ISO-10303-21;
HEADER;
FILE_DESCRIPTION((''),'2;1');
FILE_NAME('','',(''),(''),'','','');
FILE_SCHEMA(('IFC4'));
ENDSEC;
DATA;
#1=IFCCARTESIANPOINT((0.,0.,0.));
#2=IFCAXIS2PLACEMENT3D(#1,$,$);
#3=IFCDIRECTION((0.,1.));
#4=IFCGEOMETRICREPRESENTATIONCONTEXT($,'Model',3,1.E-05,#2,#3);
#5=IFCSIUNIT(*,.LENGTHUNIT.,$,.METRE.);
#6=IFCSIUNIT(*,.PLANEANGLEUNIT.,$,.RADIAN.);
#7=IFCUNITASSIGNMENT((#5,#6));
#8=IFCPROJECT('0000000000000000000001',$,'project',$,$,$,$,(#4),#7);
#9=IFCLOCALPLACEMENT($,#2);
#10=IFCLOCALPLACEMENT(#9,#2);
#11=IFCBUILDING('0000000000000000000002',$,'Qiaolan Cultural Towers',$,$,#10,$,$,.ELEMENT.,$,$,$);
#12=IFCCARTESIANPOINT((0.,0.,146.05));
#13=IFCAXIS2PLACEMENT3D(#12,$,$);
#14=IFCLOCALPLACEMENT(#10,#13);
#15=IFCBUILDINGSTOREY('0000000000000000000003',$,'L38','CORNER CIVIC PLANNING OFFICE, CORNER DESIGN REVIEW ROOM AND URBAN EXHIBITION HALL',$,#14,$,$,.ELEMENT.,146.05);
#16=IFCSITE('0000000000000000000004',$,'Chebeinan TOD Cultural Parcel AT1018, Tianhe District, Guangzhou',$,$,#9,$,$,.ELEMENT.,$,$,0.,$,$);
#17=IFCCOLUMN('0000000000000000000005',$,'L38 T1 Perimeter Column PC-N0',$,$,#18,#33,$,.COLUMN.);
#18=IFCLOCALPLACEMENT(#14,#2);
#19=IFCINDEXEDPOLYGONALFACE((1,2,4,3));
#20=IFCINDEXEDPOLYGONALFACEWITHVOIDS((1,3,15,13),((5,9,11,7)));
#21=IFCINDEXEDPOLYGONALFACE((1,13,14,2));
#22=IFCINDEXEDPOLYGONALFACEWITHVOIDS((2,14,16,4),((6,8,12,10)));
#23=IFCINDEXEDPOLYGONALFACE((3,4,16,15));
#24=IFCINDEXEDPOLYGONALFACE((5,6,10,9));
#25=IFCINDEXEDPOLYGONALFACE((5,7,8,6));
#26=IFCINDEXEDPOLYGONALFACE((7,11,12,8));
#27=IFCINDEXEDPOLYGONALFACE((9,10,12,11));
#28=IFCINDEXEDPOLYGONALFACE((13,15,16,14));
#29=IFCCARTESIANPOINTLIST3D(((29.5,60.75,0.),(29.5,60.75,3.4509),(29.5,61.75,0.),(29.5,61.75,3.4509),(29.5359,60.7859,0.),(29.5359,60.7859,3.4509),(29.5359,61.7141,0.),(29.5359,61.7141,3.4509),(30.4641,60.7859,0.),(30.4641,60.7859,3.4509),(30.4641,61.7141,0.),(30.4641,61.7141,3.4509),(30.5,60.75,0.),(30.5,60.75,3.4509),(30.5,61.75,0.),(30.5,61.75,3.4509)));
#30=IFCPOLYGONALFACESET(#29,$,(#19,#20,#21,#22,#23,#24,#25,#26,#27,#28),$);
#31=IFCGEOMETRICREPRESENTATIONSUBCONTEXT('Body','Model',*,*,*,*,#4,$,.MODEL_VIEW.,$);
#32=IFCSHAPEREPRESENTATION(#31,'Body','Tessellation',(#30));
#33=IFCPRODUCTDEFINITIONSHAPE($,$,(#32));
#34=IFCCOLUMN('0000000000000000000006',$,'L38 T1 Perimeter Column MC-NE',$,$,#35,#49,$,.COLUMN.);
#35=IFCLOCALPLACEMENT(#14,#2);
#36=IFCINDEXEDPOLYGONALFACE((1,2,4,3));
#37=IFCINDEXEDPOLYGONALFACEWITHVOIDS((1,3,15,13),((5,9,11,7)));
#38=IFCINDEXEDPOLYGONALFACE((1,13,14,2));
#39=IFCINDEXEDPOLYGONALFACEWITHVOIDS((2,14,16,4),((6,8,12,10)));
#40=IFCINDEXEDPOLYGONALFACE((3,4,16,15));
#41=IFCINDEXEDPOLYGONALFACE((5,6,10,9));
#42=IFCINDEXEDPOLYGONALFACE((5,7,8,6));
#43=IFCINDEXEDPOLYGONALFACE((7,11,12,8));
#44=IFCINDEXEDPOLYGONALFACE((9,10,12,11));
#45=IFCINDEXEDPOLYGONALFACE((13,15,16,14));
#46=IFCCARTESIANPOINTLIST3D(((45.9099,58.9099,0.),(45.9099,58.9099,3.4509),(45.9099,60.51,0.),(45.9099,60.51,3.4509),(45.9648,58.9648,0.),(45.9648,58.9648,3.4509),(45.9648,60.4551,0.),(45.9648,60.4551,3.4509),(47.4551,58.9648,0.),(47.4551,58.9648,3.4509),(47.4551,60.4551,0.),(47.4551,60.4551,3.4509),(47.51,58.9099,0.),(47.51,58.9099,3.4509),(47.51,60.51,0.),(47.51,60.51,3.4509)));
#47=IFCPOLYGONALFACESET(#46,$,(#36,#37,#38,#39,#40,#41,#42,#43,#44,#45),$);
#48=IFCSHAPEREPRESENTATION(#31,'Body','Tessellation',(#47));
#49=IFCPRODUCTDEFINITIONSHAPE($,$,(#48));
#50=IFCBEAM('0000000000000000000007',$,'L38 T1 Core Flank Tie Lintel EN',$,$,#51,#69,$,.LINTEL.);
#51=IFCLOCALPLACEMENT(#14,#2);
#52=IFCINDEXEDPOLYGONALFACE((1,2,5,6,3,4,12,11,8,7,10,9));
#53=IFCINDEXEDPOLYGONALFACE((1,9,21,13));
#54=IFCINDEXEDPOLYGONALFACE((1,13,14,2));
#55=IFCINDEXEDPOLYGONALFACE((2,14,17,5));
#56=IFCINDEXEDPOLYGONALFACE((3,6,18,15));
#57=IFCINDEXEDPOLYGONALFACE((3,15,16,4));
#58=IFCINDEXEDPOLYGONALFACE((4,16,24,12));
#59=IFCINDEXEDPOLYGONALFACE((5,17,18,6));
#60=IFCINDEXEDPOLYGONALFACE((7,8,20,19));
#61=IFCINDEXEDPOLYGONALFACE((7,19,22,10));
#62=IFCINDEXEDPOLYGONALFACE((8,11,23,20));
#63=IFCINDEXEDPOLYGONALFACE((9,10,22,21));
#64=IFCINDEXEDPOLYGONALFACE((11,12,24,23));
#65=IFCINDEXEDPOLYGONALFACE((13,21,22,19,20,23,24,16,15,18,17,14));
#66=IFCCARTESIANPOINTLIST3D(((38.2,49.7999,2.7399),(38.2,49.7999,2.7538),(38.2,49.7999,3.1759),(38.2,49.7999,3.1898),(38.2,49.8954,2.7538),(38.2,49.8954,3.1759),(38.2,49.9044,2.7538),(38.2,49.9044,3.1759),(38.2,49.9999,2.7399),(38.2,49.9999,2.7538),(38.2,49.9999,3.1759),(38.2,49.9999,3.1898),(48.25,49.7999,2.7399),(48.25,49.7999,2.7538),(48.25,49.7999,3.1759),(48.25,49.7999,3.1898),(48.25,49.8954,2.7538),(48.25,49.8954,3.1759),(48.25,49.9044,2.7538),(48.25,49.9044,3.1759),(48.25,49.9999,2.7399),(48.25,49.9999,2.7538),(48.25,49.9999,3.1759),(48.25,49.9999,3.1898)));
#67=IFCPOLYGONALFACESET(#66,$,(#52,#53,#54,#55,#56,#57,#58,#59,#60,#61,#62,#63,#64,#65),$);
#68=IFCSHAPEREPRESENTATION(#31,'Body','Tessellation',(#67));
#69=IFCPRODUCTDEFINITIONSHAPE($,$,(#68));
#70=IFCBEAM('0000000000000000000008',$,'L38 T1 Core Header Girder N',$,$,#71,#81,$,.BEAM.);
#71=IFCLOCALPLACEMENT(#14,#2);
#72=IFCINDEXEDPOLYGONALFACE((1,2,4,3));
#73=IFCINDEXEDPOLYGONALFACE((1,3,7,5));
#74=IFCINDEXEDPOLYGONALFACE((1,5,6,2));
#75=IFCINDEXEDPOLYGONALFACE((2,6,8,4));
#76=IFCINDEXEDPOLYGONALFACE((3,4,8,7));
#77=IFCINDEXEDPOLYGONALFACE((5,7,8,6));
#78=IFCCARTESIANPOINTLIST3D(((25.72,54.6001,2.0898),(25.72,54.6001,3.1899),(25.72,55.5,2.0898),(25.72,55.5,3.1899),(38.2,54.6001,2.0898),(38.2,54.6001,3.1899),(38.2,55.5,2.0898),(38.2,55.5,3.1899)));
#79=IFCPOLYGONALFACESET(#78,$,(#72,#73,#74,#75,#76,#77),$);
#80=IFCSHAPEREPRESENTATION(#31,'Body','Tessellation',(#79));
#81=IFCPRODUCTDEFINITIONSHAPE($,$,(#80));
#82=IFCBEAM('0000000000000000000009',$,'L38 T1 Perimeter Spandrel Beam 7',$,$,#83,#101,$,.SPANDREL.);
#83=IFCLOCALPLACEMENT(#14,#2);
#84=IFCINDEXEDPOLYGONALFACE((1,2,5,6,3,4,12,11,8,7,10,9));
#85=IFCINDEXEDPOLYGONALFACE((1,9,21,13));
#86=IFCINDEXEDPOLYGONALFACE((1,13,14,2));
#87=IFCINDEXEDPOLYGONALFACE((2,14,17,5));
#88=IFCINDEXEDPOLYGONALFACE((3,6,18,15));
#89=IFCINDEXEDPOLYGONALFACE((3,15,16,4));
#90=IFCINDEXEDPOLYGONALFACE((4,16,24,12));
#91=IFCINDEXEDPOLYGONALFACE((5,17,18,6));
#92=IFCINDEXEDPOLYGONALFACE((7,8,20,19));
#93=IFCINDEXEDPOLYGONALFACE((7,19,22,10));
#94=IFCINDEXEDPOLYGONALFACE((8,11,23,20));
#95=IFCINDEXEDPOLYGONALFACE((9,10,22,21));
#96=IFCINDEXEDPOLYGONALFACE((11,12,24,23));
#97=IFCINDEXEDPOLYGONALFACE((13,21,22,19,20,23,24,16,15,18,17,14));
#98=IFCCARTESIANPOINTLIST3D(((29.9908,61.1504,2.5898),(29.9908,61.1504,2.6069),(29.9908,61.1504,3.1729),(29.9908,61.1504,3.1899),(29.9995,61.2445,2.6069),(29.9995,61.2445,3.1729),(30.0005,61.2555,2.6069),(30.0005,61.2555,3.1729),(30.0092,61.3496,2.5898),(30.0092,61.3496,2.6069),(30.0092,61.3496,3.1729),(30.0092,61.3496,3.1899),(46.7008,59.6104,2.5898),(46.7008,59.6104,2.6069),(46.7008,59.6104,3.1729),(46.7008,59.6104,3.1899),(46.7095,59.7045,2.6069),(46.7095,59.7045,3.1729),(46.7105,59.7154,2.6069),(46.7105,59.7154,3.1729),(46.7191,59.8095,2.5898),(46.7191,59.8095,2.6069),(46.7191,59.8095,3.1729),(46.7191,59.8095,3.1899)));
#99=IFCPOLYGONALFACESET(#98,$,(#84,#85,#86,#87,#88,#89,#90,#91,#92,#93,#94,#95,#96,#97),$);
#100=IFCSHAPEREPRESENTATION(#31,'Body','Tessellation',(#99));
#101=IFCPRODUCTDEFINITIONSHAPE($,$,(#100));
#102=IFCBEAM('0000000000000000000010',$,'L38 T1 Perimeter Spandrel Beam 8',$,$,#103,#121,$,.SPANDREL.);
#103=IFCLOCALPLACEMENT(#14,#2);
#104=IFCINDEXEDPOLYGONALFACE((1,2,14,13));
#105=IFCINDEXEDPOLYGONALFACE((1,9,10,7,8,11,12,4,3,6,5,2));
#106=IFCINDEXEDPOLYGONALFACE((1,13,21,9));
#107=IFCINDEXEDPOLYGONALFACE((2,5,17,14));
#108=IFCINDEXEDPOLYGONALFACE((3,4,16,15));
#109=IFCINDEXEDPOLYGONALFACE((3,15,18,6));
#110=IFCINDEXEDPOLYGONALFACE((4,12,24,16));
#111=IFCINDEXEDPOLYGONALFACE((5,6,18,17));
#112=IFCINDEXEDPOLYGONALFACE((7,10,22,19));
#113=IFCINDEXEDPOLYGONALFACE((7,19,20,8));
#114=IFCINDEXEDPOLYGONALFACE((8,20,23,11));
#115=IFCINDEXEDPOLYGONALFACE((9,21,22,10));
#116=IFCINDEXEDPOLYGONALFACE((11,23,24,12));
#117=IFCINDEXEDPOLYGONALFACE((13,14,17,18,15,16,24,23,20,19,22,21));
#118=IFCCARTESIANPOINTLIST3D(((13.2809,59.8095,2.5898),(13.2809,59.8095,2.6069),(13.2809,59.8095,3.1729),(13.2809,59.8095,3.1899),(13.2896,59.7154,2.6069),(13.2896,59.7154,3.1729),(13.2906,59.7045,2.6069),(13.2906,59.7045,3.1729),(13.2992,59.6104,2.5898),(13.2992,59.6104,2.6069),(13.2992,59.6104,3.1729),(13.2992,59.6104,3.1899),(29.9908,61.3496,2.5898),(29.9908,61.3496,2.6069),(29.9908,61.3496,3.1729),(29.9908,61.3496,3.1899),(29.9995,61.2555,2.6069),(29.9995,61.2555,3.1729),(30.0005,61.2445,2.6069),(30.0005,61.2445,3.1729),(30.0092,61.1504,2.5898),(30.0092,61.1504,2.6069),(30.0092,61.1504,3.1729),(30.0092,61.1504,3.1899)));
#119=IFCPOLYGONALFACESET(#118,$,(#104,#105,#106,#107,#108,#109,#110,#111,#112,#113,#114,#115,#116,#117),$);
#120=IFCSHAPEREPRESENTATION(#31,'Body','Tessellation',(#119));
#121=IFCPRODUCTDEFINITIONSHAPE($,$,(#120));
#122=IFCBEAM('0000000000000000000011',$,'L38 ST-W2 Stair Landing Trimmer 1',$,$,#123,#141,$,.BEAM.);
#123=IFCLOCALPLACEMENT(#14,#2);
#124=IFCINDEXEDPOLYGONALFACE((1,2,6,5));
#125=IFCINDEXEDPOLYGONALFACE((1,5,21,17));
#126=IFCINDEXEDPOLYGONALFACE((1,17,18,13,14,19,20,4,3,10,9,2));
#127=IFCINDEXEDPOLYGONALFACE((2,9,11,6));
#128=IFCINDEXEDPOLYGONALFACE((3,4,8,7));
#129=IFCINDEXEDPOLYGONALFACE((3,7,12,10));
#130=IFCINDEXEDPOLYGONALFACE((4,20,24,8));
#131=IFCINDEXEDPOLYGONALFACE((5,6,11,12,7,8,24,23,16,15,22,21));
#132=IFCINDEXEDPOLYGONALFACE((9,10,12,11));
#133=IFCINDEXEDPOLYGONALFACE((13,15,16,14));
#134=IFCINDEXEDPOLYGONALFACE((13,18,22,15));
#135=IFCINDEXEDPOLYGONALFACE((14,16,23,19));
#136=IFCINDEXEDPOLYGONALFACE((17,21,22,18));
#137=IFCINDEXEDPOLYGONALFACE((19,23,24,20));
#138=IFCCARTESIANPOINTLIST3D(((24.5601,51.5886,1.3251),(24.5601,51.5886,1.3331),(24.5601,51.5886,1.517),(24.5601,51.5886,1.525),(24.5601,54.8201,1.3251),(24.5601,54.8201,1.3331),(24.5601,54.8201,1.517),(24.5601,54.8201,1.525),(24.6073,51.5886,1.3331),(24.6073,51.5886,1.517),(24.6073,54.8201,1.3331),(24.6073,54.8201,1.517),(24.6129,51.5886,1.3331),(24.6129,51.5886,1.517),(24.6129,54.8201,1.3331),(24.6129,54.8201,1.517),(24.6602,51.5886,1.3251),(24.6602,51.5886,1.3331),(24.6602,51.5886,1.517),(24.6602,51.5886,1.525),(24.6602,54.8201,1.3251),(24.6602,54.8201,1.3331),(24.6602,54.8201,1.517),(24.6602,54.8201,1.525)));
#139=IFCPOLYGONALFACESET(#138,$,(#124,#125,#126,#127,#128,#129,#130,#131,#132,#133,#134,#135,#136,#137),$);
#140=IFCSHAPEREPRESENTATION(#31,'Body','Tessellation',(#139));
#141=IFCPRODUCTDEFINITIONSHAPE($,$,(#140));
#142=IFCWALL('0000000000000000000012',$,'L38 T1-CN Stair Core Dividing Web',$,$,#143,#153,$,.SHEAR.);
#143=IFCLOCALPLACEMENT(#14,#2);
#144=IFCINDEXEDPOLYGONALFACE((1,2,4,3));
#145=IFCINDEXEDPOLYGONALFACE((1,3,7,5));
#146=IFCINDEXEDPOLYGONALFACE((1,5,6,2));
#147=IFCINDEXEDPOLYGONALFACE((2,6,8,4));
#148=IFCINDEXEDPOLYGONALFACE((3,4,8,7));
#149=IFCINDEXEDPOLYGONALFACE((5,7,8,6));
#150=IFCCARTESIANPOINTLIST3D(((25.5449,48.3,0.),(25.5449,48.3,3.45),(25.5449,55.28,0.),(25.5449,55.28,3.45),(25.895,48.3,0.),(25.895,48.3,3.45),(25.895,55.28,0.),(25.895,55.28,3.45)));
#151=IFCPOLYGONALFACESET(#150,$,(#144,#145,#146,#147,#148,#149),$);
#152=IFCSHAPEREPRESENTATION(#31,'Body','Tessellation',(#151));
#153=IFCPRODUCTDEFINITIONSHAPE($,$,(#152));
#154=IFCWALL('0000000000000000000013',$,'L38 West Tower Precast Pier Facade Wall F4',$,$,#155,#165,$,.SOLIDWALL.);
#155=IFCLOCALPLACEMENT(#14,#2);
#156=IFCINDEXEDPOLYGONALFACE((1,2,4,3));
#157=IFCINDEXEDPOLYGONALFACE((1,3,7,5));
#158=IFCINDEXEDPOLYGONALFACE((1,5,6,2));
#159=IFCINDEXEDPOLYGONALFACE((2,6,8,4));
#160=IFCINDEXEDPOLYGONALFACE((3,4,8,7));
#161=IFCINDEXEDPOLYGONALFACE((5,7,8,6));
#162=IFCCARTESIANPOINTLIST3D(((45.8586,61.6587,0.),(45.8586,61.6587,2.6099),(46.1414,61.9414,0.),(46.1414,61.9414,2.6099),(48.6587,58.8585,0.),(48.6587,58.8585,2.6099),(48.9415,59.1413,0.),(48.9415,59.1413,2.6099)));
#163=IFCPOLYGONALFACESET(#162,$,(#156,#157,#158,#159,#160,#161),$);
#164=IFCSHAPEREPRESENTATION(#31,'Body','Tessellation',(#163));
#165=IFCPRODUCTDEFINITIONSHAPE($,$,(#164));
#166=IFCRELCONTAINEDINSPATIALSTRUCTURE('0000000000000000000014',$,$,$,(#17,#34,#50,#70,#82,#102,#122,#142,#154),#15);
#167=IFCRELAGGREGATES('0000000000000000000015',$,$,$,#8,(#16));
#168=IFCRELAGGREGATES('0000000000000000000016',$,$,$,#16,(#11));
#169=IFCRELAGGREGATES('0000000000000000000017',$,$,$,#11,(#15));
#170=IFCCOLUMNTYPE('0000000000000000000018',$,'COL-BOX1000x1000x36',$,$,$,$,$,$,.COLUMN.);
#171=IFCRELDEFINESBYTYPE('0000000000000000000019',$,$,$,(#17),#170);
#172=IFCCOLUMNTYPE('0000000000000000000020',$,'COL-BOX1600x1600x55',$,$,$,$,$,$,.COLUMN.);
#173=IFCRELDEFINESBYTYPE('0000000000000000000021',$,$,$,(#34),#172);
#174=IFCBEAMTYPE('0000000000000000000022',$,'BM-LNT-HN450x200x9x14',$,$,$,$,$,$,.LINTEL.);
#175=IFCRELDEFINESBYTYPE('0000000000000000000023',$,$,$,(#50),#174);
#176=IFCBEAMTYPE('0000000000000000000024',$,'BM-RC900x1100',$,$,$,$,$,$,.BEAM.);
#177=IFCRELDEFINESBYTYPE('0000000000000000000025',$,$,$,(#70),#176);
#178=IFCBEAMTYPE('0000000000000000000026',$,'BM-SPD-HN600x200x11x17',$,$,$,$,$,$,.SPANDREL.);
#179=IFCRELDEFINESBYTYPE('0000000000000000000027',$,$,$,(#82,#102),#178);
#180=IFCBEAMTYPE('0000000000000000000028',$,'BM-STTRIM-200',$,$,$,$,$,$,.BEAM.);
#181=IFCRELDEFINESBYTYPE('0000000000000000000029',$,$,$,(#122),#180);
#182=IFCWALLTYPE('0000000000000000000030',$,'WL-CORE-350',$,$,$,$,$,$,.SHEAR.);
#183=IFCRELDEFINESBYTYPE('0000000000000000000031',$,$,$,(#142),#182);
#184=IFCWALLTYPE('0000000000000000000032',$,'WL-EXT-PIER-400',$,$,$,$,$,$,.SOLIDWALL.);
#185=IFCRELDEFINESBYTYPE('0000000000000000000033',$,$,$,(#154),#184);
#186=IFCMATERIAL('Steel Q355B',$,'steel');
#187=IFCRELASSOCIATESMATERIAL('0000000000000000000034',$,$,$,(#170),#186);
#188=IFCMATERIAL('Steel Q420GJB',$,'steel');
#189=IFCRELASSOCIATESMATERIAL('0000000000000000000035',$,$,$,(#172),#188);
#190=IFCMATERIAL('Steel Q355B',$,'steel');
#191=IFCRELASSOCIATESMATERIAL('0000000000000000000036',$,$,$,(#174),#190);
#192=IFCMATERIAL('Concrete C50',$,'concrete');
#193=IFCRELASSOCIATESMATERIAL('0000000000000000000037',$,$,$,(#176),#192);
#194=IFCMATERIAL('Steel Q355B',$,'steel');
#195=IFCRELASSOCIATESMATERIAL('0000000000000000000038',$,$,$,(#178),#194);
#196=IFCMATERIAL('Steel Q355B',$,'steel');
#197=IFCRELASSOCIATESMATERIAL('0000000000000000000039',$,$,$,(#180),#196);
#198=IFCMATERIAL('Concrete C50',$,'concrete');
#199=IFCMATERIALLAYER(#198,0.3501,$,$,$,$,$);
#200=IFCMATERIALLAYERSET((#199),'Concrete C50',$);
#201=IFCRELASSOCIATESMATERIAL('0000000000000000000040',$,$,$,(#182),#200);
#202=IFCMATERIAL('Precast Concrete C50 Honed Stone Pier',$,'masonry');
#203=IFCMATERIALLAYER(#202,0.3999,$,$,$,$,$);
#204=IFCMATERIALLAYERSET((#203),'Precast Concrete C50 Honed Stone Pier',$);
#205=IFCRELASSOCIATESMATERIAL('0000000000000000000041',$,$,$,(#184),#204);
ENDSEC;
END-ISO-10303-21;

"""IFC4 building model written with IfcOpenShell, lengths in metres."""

from ifc_helpers import new_model, si_unit, direction, frame, frame_2d, origin, origin_2d, place, context, subcontext, project, spatial, rectangle, hollow_rectangle, i_section, extrude, material, layer, layer_set, material_profile, profile_set, type_object, element, save


model = new_model("IFC4")

# Units and contexts
model_context = context("Model", 3, precision=1e-05, world=origin(), true_north=direction((0.0, 1.0)))
body_context = subcontext(model_context, "Body", "Model", "MODEL_VIEW")
ifc_project = project(units=[si_unit("LENGTHUNIT", "METRE"), si_unit("PLANEANGLEUNIT", "RADIAN")], contexts=[model_context])

# Site, building, storey
site_placement = place(None, origin())
site = spatial("IfcSite", under=ifc_project, at=site_placement, Name="Chebeinan TOD Cultural Parcel AT1018, Tianhe District, Guangzhou", CompositionType="ELEMENT", RefElevation=0.0)
building_placement = place(site_placement, origin())
building = spatial("IfcBuilding", under=site, at=building_placement, Name="Qiaolan Cultural Towers", CompositionType="ELEMENT")
storey_placement = place(building_placement, frame((0.0, 0.0, 146.05)))
storey = spatial("IfcBuildingStorey", under=building, at=storey_placement, Name="L38", Description="CORNER CIVIC PLANNING OFFICE, CORNER DESIGN REVIEW ROOM AND URBAN EXHIBITION HALL", CompositionType="ELEMENT", Elevation=146.05)

# Columns
ifc_material_1 = material(Name="Steel Q355B", Category="steel")
ifc_material_profile_1 = material_profile(ifc_material_1, hollow_rectangle(XDim=1.0, YDim=1.0, WallThickness=0.0359, at=origin_2d()), Name="BOX1000x1000x36")
ifc_profile_set_1 = profile_set([ifc_material_profile_1], Name="Steel Q355B")
column_type_1 = type_object("IfcColumnType", Name="COL-BOX1000x1000x36", PredefinedType="COLUMN", material=ifc_profile_set_1)
column_1_placement = place(storey_placement, frame((30.0, 61.25, 0.0), z_axis=(0.0, 0.0, 1.0), x_axis=(1.0, 0.0, 0.0)))
element("IfcColumn", 1, at=column_1_placement, inside=storey, type_object=column_type_1, Name="L38 T1 Perimeter Column PC-N0", PredefinedType="COLUMN", context=body_context, shape_type="SweptSolid", body=[
    extrude(hollow_rectangle(XDim=1.0, YDim=1.0, WallThickness=0.0359, at=origin_2d()), origin(), (0.0, 0.0, 1.0), 3.4509),
])
ifc_material_2 = material(Name="Steel Q420GJB", Category="steel")
ifc_material_profile_2 = material_profile(ifc_material_2, hollow_rectangle(XDim=1.6001, YDim=1.6001, WallThickness=0.0549, at=origin_2d()), Name="BOX1600x1600x55")
ifc_profile_set_2 = profile_set([ifc_material_profile_2], Name="Steel Q420GJB")
column_type_2 = type_object("IfcColumnType", Name="COL-BOX1600x1600x55", PredefinedType="COLUMN", material=ifc_profile_set_2)
column_2_placement = place(storey_placement, frame((46.71, 59.71, 0.0), z_axis=(0.0, 0.0, 1.0), x_axis=(1.0, 0.0, 0.0)))
element("IfcColumn", 2, at=column_2_placement, inside=storey, type_object=column_type_2, Name="L38 T1 Perimeter Column MC-NE", PredefinedType="COLUMN", context=body_context, shape_type="SweptSolid", body=[
    extrude(hollow_rectangle(XDim=1.6001, YDim=1.6001, WallThickness=0.0549, at=origin_2d()), origin(), (0.0, 0.0, 1.0), 3.4509),
])

# Beams
ifc_material_3 = material(Name="Steel Q355B", Category="steel")
ifc_material_profile_3 = material_profile(ifc_material_3, i_section(OverallWidth=0.2, OverallDepth=0.45, WebThickness=0.009, FlangeThickness=0.0139, at=origin_2d()), Name="HN450x200x9x14")
ifc_profile_set_3 = profile_set([ifc_material_profile_3], Name="Steel Q355B")
beam_type_1 = type_object("IfcBeamType", Name="BM-LNT-HN450x200x9x14", PredefinedType="LINTEL", material=ifc_profile_set_3)
beam_1_placement = place(storey_placement, frame((38.2, 49.8999, 2.9648), z_axis=(1.0, 0.0, 0.0), x_axis=(0.0, 1.0, 0.0)))
element("IfcBeam", 3, at=beam_1_placement, inside=storey, type_object=beam_type_1, Name="L38 T1 Core Flank Tie Lintel EN", PredefinedType="LINTEL", context=body_context, shape_type="SweptSolid", body=[
    extrude(i_section(OverallWidth=0.2, OverallDepth=0.45, WebThickness=0.009, FlangeThickness=0.0139, at=origin_2d()), origin(), (0.0, 0.0, 1.0), 10.05),
])
ifc_material_4 = material(Name="Concrete C50", Category="concrete")
ifc_material_profile_4 = material_profile(ifc_material_4, rectangle(XDim=0.8999, YDim=1.1001, at=origin_2d()), Name="RC900x1100")
ifc_profile_set_4 = profile_set([ifc_material_profile_4], Name="Concrete C50")
beam_type_2 = type_object("IfcBeamType", Name="BM-RC900x1100", PredefinedType="BEAM", material=ifc_profile_set_4)
beam_2_placement = place(storey_placement, frame((25.72, 55.05, 2.6399), z_axis=(1.0, 0.0, 0.0), x_axis=(0.0, 1.0, 0.0)))
element("IfcBeam", 4, at=beam_2_placement, inside=storey, type_object=beam_type_2, Name="L38 T1 Core Header Girder N", PredefinedType="BEAM", context=body_context, shape_type="SweptSolid", body=[
    extrude(rectangle(XDim=0.8999, YDim=1.1001, at=origin_2d()), origin(), (0.0, 0.0, 1.0), 12.48),
])
ifc_material_5 = material(Name="Steel Q355B", Category="steel")
ifc_material_profile_5 = material_profile(ifc_material_5, i_section(OverallWidth=0.2, OverallDepth=0.6001, WebThickness=0.011, FlangeThickness=0.0171, at=origin_2d()), Name="HN600x200x11x17")
ifc_profile_set_5 = profile_set([ifc_material_profile_5], Name="Steel Q355B")
beam_type_3 = type_object("IfcBeamType", Name="BM-SPD-HN600x200x11x17", PredefinedType="SPANDREL", material=ifc_profile_set_5)
for number, where, z_axis, x_axis, name in (
    (5, (46.71, 59.71, 2.8899), (-0.99578, 0.091774, 0.0), (-0.091774, -0.99578, 0.0), "L38 T1 Perimeter Spandrel Beam 7"),
    (6, (30.0, 61.25, 2.8899), (-0.99578, -0.091774, 0.0), (0.091774, -0.99578, 0.0), "L38 T1 Perimeter Spandrel Beam 8"),
):
    element("IfcBeam", number, at=place(storey_placement, frame(where, z_axis=z_axis, x_axis=x_axis)), inside=storey, type_object=beam_type_3, Name=name, PredefinedType="SPANDREL", context=body_context, shape_type="SweptSolid", body=[
        extrude(i_section(OverallWidth=0.2, OverallDepth=0.6001, WebThickness=0.011, FlangeThickness=0.0171, at=origin_2d()), origin(), (0.0, 0.0, 1.0), 16.7808),
    ])
ifc_material_6 = material(Name="Steel Q355B", Category="steel")
ifc_material_profile_6 = material_profile(ifc_material_6, i_section(OverallWidth=0.1001, OverallDepth=0.2, WebThickness=0.0056, FlangeThickness=0.0081, at=origin_2d()), Name="HN200x100x5.5x8")
ifc_profile_set_6 = profile_set([ifc_material_profile_6], Name="Steel Q355B")
beam_type_4 = type_object("IfcBeamType", Name="BM-STTRIM-200", PredefinedType="BEAM", material=ifc_profile_set_6)
beam_3_placement = place(storey_placement, frame((24.6101, 51.5886, 1.425), z_axis=(0.0, 1.0, 0.0), x_axis=(-1.0, 0.0, 0.0)))
element("IfcBeam", 7, at=beam_3_placement, inside=storey, type_object=beam_type_4, Name="L38 ST-W2 Stair Landing Trimmer 1", PredefinedType="BEAM", context=body_context, shape_type="SweptSolid", body=[
    extrude(i_section(OverallWidth=0.1001, OverallDepth=0.2, WebThickness=0.0056, FlangeThickness=0.0081, at=origin_2d()), origin(), (0.0, 0.0, 1.0), 3.2314),
])

# Walls
ifc_material_7 = material(Name="Concrete C50", Category="concrete")
ifc_layer_1 = layer(ifc_material_7, 0.3501)
ifc_layer_set_1 = layer_set([ifc_layer_1], Name="Concrete C50")
wall_type_1 = type_object("IfcWallType", Name="WL-CORE-350", PredefinedType="SHEAR", material=ifc_layer_set_1)
wall_1_placement = place(storey_placement, frame((25.72, 48.3, 0.0), z_axis=(0.0, 0.0, 1.0), x_axis=(0.0, 1.0, 0.0)))
element("IfcWall", 8, at=wall_1_placement, inside=storey, type_object=wall_type_1, Name="L38 T1-CN Stair Core Dividing Web", PredefinedType="SHEAR", context=body_context, shape_type="SweptSolid", body=[
    extrude(rectangle(XDim=6.98, YDim=0.3501, at=frame_2d((3.49, 0.0))), origin(), (0.0, 0.0, 1.0), 3.45),
])
ifc_material_8 = material(Name="Precast Concrete C50 Honed Stone Pier", Category="masonry")
ifc_layer_2 = layer(ifc_material_8, 0.3999)
ifc_layer_set_2 = layer_set([ifc_layer_2], Name="Precast Concrete C50 Honed Stone Pier")
wall_type_2 = type_object("IfcWallType", Name="WL-EXT-PIER-400", PredefinedType="SOLIDWALL", material=ifc_layer_set_2)
wall_2_placement = place(storey_placement, frame((46.0, 61.8, 0.0), z_axis=(0.0, 0.0, 1.0), x_axis=(0.707107, -0.707107, 0.0)))
element("IfcWall", 9, at=wall_2_placement, inside=storey, type_object=wall_type_2, Name="L38 West Tower Precast Pier Facade Wall F4", PredefinedType="SOLIDWALL", context=body_context, shape_type="SweptSolid", body=[
    extrude(rectangle(XDim=3.96, YDim=0.3999, at=frame_2d((1.98, 0.0))), origin(), (0.0, 0.0, 1.0), 2.6099),
])

save(model, "model.ifc")
